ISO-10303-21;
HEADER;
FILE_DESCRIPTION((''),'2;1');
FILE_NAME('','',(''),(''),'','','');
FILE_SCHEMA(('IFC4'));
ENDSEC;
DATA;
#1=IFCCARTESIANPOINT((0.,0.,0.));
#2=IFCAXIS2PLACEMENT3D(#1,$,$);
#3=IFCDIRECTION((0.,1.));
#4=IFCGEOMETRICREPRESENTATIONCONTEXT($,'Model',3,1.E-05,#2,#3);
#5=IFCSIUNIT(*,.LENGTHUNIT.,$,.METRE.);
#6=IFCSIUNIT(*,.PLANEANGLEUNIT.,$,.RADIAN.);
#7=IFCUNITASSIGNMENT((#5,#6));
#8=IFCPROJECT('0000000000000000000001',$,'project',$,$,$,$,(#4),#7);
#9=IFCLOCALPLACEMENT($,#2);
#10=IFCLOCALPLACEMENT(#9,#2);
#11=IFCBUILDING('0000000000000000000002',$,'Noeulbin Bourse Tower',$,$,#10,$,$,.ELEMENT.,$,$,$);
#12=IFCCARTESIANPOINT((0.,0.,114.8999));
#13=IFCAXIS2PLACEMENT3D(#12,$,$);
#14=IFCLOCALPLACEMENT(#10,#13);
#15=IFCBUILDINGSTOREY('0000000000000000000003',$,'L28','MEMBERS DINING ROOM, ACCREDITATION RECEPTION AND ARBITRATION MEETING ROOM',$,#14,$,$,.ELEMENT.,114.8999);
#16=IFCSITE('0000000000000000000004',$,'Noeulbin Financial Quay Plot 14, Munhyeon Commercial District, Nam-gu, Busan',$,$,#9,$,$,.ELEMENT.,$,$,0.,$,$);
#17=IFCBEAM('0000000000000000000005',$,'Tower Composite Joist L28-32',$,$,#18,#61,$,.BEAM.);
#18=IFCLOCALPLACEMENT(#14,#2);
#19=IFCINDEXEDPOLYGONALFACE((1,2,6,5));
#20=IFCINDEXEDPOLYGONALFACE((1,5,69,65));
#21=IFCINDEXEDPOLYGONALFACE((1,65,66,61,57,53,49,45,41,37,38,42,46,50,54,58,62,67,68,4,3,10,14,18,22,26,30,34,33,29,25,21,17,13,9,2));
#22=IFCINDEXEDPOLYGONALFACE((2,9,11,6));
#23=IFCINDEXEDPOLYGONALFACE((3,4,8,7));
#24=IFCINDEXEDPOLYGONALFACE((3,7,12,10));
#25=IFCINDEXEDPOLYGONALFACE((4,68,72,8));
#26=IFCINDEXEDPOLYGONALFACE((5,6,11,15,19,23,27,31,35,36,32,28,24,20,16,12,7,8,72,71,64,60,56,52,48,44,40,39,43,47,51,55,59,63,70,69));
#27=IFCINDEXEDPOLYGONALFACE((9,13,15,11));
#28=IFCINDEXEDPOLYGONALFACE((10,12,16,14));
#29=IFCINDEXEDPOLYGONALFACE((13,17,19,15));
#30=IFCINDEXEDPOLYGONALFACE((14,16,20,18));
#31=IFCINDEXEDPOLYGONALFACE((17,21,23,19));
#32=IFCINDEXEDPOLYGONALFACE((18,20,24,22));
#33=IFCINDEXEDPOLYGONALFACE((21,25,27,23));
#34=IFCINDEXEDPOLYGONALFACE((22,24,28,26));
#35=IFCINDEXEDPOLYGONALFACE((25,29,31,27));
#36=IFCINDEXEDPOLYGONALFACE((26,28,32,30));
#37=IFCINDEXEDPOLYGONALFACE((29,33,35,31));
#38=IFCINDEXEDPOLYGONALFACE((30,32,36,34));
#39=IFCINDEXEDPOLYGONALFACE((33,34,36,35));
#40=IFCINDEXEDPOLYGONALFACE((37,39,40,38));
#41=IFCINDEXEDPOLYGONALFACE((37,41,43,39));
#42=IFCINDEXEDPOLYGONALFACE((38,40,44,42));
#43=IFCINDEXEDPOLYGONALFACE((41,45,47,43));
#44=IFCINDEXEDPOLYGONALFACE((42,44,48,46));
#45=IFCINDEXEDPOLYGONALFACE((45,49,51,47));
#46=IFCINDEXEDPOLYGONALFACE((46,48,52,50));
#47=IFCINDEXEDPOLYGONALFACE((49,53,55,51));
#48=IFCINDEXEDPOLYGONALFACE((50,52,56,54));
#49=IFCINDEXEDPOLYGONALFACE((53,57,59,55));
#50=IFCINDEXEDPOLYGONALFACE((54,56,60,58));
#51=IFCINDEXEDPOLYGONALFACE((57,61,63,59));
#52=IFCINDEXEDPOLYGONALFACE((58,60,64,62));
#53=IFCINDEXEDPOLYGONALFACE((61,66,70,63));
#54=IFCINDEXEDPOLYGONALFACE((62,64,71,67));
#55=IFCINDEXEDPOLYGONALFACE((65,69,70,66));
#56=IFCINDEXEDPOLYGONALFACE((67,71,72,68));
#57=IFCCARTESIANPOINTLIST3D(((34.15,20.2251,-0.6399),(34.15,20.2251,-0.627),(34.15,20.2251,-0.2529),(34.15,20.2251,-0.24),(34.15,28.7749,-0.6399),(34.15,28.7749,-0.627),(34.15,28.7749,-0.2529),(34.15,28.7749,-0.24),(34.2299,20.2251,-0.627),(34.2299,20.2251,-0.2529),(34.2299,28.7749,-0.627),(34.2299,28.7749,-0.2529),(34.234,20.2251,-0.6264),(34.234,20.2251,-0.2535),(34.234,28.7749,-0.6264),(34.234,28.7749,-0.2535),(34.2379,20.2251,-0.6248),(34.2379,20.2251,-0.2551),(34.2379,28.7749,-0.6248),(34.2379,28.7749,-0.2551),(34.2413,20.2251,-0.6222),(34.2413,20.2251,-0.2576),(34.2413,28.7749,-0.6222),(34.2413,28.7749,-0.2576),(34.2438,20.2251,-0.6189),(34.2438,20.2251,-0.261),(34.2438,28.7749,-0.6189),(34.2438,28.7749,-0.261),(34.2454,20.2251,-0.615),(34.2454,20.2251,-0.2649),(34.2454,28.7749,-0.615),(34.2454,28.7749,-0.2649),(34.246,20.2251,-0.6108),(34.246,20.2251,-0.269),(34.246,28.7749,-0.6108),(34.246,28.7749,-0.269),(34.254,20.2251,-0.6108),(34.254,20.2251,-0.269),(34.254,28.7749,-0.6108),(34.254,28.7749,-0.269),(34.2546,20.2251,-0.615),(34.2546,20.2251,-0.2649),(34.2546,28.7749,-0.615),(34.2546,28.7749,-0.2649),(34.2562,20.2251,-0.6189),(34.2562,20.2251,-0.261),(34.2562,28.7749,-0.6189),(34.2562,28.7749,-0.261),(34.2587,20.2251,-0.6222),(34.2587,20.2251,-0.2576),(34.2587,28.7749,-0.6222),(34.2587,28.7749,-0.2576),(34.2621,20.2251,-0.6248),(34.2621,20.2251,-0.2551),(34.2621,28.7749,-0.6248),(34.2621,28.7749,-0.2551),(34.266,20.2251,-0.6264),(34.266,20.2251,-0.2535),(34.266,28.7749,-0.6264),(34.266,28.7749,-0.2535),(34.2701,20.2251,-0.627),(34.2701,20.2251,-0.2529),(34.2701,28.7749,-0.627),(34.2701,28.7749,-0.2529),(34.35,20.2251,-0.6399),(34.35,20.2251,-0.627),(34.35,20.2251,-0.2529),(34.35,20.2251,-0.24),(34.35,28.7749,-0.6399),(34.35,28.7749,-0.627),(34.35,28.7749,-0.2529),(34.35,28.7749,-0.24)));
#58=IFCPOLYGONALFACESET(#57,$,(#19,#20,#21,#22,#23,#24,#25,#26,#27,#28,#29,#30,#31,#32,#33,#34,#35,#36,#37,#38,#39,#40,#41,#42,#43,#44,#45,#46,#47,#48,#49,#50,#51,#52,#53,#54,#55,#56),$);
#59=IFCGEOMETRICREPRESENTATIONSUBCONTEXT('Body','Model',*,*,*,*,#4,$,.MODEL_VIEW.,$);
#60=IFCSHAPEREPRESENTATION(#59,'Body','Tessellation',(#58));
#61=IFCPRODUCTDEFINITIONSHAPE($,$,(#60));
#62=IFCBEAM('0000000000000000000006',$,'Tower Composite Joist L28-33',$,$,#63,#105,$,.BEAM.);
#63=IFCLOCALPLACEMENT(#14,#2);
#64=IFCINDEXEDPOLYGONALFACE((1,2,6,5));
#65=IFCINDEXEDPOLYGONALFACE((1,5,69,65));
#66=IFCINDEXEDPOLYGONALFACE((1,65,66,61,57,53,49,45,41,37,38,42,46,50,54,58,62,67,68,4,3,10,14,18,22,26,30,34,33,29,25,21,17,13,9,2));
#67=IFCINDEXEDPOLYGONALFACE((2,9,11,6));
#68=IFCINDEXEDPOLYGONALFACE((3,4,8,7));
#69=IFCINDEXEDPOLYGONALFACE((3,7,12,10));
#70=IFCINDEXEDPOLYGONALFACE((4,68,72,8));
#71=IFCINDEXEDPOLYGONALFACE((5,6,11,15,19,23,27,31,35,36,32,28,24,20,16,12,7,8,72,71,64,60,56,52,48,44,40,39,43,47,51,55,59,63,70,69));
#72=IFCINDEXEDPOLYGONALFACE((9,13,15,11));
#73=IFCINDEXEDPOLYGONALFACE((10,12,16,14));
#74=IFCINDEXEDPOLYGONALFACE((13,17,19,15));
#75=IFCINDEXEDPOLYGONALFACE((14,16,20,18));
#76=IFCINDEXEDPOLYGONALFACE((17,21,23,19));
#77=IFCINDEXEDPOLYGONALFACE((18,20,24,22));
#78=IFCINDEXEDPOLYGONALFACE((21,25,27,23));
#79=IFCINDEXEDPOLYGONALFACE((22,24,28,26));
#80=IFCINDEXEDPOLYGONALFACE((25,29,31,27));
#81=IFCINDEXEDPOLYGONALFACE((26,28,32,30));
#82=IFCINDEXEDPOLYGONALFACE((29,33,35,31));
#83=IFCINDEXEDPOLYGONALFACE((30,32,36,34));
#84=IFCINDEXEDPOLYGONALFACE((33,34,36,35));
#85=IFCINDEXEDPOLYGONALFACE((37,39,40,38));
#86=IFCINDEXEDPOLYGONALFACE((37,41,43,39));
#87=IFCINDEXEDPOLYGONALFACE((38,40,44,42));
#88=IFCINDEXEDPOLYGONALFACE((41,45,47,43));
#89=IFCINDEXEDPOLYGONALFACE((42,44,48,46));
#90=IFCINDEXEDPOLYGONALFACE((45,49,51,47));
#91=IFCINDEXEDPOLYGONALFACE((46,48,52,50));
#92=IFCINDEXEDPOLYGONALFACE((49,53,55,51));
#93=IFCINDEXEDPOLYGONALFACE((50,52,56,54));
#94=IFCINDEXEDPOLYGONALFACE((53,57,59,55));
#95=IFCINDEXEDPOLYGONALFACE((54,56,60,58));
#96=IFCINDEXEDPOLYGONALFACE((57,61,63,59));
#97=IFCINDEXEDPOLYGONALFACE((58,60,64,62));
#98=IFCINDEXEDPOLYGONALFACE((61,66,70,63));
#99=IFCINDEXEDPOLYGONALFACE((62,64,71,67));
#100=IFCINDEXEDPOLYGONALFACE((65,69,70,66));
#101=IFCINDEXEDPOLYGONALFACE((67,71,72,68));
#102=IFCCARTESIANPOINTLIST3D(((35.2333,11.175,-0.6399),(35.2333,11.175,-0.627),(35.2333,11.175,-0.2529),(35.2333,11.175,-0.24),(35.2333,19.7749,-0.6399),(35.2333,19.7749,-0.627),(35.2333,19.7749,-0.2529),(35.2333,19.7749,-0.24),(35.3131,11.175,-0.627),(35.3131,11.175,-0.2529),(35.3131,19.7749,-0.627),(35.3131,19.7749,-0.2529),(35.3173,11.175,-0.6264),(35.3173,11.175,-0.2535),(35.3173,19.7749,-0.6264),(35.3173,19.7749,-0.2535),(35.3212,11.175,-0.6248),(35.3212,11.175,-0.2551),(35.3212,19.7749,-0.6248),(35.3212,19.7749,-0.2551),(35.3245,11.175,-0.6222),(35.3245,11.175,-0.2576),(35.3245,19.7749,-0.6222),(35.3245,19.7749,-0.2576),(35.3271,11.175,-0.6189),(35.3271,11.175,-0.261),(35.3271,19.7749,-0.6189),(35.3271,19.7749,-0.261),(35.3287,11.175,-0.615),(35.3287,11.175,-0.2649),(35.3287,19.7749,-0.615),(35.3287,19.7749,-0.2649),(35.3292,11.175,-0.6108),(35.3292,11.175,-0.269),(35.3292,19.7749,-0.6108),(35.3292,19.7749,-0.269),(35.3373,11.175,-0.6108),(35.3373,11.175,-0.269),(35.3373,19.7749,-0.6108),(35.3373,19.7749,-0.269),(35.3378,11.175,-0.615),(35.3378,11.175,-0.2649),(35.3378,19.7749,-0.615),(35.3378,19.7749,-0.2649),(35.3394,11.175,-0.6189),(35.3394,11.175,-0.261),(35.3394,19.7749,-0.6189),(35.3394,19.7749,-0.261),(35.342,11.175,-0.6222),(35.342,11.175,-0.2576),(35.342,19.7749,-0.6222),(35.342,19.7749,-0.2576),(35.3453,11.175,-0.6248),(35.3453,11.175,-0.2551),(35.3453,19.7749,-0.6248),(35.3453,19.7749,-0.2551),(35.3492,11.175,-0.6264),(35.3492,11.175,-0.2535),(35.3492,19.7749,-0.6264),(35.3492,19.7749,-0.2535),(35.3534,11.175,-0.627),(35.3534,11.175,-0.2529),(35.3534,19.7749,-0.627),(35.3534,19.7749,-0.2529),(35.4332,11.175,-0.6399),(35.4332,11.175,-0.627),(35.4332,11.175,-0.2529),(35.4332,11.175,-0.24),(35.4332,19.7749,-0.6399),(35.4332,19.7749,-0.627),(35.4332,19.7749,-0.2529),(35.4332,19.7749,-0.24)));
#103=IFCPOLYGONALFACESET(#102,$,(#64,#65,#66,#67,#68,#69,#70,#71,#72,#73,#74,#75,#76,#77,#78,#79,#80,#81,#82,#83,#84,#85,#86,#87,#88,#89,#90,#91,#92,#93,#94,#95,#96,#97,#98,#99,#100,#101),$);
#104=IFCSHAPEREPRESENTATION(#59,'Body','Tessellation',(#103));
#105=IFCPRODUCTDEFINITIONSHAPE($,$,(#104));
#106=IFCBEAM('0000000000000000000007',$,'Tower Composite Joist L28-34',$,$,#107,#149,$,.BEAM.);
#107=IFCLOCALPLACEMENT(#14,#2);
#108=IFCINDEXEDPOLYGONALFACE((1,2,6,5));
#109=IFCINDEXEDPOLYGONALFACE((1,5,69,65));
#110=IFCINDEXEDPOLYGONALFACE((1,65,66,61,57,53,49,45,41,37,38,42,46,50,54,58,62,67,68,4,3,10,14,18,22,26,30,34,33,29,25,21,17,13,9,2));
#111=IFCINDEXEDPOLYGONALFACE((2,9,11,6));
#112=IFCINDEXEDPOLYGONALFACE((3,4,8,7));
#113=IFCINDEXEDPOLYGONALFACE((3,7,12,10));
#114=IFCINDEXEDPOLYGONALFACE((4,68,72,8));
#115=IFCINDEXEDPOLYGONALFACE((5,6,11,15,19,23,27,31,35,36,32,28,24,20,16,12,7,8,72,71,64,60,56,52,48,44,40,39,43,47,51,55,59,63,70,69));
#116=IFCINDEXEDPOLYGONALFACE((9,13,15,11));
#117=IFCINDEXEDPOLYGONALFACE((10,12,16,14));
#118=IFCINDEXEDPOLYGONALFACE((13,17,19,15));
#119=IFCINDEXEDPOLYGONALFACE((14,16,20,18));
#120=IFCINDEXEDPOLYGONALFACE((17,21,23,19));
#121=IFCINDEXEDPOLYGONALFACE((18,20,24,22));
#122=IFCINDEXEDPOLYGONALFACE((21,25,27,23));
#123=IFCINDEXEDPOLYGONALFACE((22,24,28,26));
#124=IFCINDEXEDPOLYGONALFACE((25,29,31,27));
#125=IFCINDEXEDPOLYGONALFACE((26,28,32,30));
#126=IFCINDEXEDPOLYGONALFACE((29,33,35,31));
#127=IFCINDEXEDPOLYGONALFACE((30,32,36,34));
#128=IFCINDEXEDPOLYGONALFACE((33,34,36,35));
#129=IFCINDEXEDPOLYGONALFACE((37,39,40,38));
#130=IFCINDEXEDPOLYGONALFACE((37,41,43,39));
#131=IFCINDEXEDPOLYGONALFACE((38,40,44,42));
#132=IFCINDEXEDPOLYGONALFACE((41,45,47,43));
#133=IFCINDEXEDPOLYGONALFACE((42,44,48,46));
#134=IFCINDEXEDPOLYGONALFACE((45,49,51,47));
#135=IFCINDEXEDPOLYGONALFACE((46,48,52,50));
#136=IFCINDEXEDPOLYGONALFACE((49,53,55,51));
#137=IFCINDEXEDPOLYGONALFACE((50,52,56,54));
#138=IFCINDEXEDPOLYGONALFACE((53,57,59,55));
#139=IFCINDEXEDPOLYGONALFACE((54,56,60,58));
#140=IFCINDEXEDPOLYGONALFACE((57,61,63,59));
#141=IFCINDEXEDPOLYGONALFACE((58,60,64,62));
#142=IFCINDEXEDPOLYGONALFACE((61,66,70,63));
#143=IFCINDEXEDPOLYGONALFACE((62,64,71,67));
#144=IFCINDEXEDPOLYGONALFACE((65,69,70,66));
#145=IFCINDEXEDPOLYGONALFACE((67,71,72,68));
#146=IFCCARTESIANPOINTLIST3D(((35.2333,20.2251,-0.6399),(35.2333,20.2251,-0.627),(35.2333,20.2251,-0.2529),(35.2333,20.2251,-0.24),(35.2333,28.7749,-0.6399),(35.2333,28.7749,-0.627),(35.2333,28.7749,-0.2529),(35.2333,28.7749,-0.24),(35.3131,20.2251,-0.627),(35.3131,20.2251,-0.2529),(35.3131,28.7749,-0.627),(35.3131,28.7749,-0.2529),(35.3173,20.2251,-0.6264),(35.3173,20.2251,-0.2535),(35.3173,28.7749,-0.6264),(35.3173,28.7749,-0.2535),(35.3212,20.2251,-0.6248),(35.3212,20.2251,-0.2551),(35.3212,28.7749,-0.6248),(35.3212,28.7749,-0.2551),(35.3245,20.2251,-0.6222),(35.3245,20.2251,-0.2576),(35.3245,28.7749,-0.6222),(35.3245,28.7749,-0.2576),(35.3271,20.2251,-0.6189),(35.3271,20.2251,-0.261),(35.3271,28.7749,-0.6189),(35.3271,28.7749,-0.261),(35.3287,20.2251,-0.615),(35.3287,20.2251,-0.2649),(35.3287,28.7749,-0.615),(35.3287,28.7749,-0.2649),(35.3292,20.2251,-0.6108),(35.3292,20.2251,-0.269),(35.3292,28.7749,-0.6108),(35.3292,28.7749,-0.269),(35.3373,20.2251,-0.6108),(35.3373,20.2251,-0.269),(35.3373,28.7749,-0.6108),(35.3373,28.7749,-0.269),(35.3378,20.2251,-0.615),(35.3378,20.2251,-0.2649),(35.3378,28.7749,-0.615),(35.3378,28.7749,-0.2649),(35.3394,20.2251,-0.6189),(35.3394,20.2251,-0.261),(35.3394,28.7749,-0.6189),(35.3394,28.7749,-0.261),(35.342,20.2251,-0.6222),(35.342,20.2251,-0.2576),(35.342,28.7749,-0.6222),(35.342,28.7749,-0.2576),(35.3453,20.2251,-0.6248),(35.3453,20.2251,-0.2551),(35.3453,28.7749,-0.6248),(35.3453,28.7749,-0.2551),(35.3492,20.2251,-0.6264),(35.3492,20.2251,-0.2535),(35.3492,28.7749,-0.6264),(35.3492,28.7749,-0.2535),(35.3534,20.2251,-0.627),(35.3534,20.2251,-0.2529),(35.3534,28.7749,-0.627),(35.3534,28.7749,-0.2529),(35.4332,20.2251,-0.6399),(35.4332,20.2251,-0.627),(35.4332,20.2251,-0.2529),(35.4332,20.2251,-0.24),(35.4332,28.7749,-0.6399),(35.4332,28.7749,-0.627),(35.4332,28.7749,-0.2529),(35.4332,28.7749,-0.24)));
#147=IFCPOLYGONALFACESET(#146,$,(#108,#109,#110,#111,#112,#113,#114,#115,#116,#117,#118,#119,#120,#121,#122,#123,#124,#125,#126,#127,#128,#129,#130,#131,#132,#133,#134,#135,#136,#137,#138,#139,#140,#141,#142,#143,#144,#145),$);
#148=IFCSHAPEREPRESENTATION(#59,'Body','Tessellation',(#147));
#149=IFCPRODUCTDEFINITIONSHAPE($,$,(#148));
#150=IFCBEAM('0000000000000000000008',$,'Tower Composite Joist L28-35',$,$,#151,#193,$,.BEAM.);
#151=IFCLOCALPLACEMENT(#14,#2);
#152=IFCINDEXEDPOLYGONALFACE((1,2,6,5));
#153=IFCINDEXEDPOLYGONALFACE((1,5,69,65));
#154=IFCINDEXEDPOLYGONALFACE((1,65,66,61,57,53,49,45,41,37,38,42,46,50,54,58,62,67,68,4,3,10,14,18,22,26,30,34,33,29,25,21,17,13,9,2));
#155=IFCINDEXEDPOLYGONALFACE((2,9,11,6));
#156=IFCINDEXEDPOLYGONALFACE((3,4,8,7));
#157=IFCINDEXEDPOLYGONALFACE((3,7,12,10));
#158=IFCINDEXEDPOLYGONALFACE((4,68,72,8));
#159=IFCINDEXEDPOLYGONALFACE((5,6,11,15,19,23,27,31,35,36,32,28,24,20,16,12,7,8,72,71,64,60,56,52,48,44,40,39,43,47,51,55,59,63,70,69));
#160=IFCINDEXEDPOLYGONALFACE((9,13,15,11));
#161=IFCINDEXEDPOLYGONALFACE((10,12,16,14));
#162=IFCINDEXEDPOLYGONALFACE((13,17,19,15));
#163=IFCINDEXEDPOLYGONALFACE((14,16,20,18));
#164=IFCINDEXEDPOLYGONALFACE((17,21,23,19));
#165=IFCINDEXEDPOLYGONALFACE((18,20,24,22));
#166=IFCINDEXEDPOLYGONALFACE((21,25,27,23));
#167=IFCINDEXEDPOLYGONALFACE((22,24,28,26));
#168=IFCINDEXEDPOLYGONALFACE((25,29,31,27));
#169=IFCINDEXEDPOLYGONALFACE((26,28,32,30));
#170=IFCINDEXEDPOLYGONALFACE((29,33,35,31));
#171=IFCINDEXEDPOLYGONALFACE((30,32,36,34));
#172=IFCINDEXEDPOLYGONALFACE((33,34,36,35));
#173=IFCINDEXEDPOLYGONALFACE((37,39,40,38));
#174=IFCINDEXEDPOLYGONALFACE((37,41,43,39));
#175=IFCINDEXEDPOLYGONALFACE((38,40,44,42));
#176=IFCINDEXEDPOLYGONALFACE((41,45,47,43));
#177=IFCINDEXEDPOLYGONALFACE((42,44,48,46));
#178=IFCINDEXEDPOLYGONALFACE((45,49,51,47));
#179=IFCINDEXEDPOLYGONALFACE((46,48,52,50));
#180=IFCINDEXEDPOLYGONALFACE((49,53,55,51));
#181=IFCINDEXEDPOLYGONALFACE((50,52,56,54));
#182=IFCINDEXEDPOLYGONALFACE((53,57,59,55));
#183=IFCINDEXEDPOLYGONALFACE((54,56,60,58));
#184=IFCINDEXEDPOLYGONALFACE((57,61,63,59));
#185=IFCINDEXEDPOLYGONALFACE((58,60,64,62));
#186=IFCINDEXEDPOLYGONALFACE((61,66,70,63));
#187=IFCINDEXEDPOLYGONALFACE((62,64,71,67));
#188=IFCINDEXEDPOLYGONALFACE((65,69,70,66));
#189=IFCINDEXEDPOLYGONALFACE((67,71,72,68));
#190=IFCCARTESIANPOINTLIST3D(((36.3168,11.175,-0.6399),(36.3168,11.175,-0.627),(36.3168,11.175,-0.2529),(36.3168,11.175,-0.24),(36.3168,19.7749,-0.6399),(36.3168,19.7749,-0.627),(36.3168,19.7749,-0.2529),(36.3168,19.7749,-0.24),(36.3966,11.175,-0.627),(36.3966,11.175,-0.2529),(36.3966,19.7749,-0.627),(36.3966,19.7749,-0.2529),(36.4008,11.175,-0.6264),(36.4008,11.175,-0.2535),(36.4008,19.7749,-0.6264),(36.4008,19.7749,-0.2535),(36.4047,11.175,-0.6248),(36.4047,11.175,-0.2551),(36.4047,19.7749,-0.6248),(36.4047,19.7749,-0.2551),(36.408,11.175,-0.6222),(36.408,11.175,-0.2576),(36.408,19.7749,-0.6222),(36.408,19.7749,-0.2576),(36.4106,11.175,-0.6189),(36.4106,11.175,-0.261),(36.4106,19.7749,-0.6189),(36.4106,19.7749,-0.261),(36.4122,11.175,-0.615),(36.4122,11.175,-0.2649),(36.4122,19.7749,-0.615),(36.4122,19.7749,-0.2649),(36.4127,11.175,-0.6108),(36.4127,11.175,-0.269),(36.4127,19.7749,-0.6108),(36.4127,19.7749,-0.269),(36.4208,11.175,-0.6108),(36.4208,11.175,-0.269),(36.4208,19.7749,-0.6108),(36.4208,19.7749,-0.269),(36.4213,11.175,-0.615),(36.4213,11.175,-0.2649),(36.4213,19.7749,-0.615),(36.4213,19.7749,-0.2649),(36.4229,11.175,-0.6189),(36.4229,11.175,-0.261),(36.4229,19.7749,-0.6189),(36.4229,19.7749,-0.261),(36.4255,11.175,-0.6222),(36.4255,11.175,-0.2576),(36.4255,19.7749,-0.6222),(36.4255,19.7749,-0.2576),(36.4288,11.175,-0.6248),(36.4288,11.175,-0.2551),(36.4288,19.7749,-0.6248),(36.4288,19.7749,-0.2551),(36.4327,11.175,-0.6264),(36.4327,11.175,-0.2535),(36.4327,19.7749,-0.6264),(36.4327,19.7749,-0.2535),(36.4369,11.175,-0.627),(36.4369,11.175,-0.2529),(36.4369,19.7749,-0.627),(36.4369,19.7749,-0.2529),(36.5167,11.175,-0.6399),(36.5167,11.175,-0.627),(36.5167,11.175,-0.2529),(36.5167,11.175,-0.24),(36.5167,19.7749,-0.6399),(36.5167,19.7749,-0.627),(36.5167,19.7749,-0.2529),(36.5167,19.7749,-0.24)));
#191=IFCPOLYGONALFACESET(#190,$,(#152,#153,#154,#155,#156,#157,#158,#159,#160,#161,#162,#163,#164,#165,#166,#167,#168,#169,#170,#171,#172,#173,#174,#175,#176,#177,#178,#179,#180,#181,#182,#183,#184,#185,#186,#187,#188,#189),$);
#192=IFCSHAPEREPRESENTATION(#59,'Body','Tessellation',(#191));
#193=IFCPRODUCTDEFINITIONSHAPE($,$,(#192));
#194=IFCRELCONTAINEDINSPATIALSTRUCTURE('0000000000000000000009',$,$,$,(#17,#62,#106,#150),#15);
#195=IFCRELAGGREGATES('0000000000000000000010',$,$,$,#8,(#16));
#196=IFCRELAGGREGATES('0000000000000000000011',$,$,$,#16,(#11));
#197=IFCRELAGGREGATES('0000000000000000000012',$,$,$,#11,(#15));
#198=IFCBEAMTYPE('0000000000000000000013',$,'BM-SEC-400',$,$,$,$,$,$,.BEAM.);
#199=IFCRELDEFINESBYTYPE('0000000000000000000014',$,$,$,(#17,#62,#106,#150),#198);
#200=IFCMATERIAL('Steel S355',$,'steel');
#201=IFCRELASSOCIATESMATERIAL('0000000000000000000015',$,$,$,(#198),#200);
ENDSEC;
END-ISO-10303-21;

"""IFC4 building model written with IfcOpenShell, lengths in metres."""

from ifc_helpers import new_model, si_unit, direction, frame, origin, origin_2d, place, context, subcontext, project, spatial, i_section, extrude, material, material_profile, profile_set, type_object, element, save


model = new_model("IFC4")

# Units and contexts
model_context = context("Model", 3, precision=1e-05, world=origin(), true_north=direction((0.0, 1.0)))
body_context = subcontext(model_context, "Body", "Model", "MODEL_VIEW")
ifc_project = project(units=[si_unit("LENGTHUNIT", "METRE"), si_unit("PLANEANGLEUNIT", "RADIAN")], contexts=[model_context])

# Site, building, storey
site_placement = place(None, origin())
site = spatial("IfcSite", under=ifc_project, at=site_placement, Name="Noeulbin Financial Quay Plot 14, Munhyeon Commercial District, Nam-gu, Busan", CompositionType="ELEMENT", RefElevation=0.0)
building_placement = place(site_placement, origin())
building = spatial("IfcBuilding", under=site, at=building_placement, Name="Noeulbin Bourse Tower", CompositionType="ELEMENT")
storey_placement = place(building_placement, frame((0.0, 0.0, 114.8999)))
storey = spatial("IfcBuildingStorey", under=building, at=storey_placement, Name="L28", Description="MEMBERS DINING ROOM, ACCREDITATION RECEPTION AND ARBITRATION MEETING ROOM", CompositionType="ELEMENT", Elevation=114.8999)

# Beams
ifc_material_1 = material(Name="Steel S355", Category="steel")
ifc_material_profile_1 = material_profile(ifc_material_1, i_section(OverallWidth=0.2, OverallDepth=0.3999, WebThickness=0.0081, FlangeThickness=0.0129, FilletRadius=0.0161, at=origin_2d()), Name="H-400x200x8x13", Category="LoadBearing")
ifc_profile_set_1 = profile_set([ifc_material_profile_1], Name="Steel S355")
beam_type_1 = type_object("IfcBeamType", Name="BM-SEC-400", PredefinedType="BEAM", material=ifc_profile_set_1)
beam_1_placement = place(storey_placement, frame((34.25, 20.2251, -0.4399), z_axis=(0.0, 1.0, 0.0), x_axis=(-1.0, 0.0, 0.0)))
element("IfcBeam", 1, at=beam_1_placement, inside=storey, type_object=beam_type_1, Name="Tower Composite Joist L28-32", PredefinedType="BEAM", context=body_context, shape_type="SweptSolid", body=[
    extrude(i_section(OverallWidth=0.2, OverallDepth=0.3999, WebThickness=0.0081, FlangeThickness=0.0129, FilletRadius=0.0161, at=origin_2d()), origin(), (0.0, 0.0, 1.0), 8.5498),
])
beam_2_placement = place(storey_placement, frame((35.3333, 11.175, -0.4399), z_axis=(0.0, 1.0, 0.0), x_axis=(-1.0, 0.0, 0.0)))
element("IfcBeam", 2, at=beam_2_placement, inside=storey, type_object=beam_type_1, Name="Tower Composite Joist L28-33", PredefinedType="BEAM", context=body_context, shape_type="SweptSolid", body=[
    extrude(i_section(OverallWidth=0.2, OverallDepth=0.3999, WebThickness=0.0081, FlangeThickness=0.0129, FilletRadius=0.0161, at=origin_2d()), origin(), (0.0, 0.0, 1.0), 8.5999),
])
beam_3_placement = place(storey_placement, frame((35.3333, 20.2251, -0.4399), z_axis=(0.0, 1.0, 0.0), x_axis=(-1.0, 0.0, 0.0)))
element("IfcBeam", 3, at=beam_3_placement, inside=storey, type_object=beam_type_1, Name="Tower Composite Joist L28-34", PredefinedType="BEAM", context=body_context, shape_type="SweptSolid", body=[
    extrude(i_section(OverallWidth=0.2, OverallDepth=0.3999, WebThickness=0.0081, FlangeThickness=0.0129, FilletRadius=0.0161, at=origin_2d()), origin(), (0.0, 0.0, 1.0), 8.5498),
])
beam_4_placement = place(storey_placement, frame((36.4167, 11.175, -0.4399), z_axis=(0.0, 1.0, 0.0), x_axis=(-1.0, 0.0, 0.0)))
element("IfcBeam", 4, at=beam_4_placement, inside=storey, type_object=beam_type_1, Name="Tower Composite Joist L28-35", PredefinedType="BEAM", context=body_context, shape_type="SweptSolid", body=[
    extrude(i_section(OverallWidth=0.2, OverallDepth=0.3999, WebThickness=0.0081, FlangeThickness=0.0129, FilletRadius=0.0161, at=origin_2d()), origin(), (0.0, 0.0, 1.0), 8.5999),
])

save(model, "model.ifc")
